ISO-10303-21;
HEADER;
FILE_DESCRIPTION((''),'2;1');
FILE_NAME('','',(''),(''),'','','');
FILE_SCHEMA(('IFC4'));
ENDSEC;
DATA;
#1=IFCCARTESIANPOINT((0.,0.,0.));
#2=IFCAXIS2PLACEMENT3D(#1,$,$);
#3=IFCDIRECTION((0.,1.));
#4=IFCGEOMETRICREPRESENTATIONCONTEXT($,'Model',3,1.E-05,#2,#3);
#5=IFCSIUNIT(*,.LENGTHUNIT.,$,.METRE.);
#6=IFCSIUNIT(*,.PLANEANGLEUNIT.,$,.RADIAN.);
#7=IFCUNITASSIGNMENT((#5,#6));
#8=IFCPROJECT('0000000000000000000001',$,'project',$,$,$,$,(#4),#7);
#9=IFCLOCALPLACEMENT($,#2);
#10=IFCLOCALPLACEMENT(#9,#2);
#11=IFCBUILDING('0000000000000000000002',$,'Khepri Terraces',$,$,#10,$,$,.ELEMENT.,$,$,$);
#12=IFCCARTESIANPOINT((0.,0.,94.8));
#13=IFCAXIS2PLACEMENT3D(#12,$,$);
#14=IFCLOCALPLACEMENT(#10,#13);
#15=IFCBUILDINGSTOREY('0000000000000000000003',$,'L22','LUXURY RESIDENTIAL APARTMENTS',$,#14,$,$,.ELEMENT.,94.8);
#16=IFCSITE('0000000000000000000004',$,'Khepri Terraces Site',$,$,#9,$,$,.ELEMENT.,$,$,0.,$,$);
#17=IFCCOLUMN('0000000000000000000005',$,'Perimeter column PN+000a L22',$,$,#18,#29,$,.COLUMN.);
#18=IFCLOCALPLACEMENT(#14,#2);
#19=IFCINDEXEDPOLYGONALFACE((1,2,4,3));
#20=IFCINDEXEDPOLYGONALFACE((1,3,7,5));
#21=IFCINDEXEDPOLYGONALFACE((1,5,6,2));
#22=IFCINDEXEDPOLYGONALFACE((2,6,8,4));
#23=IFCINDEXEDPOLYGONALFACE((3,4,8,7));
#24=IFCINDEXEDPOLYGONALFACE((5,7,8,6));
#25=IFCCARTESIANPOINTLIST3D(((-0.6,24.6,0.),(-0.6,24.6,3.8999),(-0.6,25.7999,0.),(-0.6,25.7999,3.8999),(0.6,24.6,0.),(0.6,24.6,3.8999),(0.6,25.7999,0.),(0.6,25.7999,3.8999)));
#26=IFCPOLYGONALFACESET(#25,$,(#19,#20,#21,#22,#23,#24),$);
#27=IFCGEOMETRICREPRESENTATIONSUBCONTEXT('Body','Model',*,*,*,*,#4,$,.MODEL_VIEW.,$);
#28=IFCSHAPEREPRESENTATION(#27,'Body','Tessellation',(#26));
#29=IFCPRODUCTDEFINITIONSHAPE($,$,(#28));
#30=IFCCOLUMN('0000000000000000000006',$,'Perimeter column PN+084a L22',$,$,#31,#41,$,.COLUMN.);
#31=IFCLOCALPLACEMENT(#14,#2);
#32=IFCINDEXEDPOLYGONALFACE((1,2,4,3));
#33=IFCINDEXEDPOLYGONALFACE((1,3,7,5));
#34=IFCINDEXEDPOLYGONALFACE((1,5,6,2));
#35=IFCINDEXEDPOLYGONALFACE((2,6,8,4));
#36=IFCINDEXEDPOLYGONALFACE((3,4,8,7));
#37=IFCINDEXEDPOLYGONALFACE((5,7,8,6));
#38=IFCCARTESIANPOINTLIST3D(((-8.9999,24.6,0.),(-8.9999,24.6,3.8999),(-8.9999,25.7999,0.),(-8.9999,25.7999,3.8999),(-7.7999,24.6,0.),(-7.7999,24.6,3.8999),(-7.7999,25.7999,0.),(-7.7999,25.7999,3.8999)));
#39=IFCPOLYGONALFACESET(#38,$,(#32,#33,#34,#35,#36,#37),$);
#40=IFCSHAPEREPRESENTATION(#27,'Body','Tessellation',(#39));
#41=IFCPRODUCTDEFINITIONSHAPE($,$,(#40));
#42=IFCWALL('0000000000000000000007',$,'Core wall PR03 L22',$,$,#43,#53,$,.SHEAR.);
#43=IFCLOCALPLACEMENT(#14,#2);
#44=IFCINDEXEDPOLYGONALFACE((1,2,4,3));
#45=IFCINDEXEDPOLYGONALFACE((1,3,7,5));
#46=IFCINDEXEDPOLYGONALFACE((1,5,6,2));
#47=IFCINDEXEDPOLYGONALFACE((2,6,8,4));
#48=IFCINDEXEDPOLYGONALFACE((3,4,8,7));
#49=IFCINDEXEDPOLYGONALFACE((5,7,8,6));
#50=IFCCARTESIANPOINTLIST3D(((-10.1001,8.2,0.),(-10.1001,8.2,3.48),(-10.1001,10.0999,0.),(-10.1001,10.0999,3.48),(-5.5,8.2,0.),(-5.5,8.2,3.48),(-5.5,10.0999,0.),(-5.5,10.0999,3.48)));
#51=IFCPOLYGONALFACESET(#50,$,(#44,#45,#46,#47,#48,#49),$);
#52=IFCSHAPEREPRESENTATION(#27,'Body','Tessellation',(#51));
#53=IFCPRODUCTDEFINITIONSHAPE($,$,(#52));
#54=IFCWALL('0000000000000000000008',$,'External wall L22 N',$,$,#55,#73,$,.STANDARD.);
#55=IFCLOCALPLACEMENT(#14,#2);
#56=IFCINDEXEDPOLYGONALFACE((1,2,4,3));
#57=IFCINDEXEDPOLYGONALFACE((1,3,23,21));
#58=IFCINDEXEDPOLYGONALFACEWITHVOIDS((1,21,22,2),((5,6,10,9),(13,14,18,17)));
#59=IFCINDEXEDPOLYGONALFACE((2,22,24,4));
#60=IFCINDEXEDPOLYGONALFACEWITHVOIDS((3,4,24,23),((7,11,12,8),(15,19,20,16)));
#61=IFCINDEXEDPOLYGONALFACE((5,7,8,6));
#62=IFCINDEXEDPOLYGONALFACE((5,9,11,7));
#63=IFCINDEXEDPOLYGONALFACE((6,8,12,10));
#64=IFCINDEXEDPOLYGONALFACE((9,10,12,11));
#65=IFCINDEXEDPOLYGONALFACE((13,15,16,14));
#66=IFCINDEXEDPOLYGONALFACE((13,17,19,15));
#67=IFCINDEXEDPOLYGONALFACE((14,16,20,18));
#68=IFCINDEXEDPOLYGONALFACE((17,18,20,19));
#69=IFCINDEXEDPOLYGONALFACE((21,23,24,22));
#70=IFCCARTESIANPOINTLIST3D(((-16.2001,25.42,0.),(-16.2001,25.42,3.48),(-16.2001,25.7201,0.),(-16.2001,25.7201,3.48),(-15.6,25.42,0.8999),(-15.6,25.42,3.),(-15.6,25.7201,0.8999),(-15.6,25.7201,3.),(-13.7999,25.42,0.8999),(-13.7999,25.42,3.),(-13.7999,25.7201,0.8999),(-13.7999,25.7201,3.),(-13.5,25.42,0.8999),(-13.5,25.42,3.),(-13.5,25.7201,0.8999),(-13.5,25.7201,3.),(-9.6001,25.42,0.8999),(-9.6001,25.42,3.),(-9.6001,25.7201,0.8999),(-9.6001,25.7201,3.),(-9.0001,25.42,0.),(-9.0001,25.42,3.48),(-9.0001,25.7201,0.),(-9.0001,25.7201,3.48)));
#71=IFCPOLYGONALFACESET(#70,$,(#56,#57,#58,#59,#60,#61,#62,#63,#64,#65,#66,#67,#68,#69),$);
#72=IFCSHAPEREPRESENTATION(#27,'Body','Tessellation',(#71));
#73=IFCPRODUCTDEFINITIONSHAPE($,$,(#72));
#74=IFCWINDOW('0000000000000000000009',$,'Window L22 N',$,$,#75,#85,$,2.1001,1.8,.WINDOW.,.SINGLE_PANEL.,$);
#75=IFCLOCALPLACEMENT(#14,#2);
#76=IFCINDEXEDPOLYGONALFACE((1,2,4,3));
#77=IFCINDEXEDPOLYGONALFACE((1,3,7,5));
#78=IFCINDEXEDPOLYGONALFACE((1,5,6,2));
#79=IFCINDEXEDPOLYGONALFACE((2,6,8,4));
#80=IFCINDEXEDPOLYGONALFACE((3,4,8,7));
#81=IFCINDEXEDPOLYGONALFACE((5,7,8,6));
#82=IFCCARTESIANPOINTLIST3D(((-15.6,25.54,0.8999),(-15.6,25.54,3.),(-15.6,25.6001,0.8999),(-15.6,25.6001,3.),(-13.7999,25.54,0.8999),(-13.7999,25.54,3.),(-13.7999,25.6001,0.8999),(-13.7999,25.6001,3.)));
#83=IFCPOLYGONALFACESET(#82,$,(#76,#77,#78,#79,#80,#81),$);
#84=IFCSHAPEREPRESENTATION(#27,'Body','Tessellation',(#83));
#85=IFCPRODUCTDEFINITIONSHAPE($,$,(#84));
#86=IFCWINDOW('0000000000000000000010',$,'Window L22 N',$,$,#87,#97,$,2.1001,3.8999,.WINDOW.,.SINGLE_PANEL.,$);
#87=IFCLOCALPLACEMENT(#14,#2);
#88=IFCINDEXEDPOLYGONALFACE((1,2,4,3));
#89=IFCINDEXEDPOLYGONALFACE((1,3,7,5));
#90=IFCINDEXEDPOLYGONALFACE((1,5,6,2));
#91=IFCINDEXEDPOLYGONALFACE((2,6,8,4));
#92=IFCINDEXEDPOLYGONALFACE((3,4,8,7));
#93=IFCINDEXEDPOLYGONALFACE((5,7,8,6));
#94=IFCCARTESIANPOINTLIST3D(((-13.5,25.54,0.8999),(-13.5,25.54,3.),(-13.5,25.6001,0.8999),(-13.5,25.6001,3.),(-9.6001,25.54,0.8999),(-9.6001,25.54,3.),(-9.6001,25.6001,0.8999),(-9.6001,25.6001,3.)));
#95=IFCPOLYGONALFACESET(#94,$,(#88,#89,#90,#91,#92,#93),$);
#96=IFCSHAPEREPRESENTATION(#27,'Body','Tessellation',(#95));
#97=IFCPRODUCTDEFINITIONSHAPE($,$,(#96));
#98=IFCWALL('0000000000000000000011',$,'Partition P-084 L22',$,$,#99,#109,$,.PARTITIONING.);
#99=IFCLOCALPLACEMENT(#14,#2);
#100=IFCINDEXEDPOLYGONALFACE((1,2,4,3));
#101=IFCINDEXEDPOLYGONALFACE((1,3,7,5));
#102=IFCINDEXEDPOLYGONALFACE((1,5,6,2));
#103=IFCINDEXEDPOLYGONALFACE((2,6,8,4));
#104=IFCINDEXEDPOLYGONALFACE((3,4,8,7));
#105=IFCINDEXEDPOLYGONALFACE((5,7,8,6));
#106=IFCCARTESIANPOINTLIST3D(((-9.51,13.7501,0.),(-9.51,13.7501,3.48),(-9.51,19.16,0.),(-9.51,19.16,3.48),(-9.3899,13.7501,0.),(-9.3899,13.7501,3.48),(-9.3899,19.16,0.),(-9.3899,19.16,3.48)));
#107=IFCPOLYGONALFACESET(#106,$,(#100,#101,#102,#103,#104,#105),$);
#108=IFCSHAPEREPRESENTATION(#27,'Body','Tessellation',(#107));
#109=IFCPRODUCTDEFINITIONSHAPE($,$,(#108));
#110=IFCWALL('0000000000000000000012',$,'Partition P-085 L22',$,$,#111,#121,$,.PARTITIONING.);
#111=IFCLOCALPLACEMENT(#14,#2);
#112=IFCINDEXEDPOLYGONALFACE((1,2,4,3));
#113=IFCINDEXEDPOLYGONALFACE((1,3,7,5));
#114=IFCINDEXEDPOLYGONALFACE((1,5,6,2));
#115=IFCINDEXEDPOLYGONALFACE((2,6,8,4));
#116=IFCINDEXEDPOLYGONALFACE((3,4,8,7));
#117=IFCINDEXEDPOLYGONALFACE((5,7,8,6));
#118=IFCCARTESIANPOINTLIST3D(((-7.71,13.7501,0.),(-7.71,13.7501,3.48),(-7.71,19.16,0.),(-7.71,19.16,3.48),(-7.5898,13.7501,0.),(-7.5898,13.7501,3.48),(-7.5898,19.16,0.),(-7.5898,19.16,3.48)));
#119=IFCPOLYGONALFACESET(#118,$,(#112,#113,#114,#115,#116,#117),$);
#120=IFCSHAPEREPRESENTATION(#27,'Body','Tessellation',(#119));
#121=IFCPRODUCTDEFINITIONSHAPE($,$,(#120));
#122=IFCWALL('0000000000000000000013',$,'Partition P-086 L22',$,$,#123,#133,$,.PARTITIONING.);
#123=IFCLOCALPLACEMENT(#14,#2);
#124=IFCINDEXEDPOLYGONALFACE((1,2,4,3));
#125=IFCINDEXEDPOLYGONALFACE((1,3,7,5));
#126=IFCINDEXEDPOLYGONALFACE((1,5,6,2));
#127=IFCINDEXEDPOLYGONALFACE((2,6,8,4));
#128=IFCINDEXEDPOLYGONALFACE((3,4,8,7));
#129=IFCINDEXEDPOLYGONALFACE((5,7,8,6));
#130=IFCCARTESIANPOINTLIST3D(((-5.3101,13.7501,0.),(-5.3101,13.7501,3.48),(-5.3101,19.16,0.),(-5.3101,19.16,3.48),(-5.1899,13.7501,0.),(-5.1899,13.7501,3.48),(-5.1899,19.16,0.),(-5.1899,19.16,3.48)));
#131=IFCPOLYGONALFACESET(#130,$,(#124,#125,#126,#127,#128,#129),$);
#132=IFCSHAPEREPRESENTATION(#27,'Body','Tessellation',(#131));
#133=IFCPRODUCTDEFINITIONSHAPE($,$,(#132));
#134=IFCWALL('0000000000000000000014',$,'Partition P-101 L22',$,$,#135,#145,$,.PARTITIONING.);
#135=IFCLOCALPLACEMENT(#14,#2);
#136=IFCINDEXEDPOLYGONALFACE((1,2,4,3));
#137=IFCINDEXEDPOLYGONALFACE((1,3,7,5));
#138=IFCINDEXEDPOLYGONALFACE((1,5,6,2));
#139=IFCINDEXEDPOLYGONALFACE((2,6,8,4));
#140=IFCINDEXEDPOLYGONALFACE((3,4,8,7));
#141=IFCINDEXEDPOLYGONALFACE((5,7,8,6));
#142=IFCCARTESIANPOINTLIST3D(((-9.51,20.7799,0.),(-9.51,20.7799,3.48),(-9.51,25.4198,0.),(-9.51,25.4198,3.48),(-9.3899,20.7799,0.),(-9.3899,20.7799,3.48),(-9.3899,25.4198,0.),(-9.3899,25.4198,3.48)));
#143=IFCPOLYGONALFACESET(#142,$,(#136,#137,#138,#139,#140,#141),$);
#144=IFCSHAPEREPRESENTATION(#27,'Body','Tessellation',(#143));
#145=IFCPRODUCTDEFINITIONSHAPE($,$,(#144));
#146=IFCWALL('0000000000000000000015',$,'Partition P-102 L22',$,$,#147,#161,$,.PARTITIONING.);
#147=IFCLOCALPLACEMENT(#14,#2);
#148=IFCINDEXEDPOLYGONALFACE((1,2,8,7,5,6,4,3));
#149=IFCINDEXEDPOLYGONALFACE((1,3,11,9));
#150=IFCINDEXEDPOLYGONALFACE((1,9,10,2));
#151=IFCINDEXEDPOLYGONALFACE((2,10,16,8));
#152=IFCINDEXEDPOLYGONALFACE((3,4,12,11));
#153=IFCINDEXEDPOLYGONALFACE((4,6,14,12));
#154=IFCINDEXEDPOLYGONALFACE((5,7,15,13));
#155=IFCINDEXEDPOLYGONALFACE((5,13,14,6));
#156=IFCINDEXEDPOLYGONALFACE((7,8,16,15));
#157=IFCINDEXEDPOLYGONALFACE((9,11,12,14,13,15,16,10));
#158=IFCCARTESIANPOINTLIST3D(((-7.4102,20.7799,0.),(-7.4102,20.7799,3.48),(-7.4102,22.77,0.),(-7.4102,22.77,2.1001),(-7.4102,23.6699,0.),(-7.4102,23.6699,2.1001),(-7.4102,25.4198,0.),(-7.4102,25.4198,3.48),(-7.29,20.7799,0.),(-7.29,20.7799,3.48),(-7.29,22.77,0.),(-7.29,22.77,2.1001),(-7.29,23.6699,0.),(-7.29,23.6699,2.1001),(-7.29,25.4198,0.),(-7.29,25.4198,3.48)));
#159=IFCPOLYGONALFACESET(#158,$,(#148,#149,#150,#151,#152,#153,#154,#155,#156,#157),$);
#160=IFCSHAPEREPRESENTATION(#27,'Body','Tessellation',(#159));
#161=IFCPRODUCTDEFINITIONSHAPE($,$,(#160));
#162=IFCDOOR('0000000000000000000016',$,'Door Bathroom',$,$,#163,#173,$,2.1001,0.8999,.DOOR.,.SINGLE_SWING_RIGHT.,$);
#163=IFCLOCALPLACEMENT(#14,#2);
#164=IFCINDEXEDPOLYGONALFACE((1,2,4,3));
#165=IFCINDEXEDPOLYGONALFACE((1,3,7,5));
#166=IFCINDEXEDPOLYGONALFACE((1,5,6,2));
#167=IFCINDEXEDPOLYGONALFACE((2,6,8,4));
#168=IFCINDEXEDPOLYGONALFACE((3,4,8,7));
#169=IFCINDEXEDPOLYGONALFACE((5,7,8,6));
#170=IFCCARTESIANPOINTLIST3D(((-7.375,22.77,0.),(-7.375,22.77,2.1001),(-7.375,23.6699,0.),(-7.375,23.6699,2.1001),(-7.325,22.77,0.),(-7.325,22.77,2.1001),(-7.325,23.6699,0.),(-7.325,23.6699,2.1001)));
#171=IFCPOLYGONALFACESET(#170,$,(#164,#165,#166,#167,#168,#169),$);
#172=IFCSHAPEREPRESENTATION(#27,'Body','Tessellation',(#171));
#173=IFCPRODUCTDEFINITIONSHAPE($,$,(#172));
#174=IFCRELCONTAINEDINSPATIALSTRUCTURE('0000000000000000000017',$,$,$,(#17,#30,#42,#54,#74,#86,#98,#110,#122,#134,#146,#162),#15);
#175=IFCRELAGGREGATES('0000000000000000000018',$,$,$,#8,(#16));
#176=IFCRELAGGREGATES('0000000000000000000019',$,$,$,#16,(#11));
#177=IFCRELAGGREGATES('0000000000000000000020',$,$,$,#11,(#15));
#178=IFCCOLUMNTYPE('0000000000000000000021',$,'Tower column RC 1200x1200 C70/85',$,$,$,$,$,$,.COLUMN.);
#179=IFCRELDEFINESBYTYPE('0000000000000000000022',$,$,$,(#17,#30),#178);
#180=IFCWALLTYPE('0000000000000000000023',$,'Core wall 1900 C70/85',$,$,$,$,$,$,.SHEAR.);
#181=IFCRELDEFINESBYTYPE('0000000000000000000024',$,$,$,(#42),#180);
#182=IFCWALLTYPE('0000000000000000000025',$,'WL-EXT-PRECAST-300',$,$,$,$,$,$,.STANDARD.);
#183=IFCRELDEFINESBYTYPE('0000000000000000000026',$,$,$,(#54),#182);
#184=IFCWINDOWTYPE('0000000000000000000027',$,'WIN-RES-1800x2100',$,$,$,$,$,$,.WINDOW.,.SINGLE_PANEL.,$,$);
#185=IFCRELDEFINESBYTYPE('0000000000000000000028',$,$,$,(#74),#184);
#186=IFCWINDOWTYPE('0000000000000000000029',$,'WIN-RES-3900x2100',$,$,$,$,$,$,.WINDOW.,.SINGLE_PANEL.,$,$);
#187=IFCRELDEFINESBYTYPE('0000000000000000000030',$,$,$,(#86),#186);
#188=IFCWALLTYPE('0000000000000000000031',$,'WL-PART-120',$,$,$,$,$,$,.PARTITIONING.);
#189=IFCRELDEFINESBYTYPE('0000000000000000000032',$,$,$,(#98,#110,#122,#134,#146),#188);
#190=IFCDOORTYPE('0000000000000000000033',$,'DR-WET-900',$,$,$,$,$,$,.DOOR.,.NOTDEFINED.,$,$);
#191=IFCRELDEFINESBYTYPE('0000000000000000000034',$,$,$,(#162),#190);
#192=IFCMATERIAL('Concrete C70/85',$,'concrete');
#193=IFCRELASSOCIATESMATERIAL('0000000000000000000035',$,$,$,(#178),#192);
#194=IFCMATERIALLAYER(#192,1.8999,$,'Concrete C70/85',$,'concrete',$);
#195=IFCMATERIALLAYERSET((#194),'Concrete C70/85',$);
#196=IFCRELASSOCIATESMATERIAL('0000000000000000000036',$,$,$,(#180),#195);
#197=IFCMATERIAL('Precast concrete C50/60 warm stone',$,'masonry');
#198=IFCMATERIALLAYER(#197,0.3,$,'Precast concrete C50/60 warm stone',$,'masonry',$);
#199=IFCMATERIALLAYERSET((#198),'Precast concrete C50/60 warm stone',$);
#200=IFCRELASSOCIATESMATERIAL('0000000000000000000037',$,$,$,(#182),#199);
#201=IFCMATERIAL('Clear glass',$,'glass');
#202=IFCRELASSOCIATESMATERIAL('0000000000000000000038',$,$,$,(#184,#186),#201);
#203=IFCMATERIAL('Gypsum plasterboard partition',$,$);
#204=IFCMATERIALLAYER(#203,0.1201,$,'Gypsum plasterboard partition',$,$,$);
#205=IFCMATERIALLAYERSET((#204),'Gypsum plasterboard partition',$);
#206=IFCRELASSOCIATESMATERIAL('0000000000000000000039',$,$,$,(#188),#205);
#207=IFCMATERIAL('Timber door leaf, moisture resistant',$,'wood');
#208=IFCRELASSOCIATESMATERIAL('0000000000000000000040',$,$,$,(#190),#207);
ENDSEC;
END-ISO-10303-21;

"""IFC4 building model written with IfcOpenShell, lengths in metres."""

from ifc_helpers import new_model, si_unit, direction, frame, frame_2d, origin, origin_2d, place, context, subcontext, project, spatial, rectangle, extrude, material, layer, layer_set, material_profile, profile_set, type_object, element, fill, save


model = new_model("IFC4")

# Units and contexts
model_context = context("Model", 3, precision=1e-05, world=origin(), true_north=direction((0.0, 1.0)))
body_context = subcontext(model_context, "Body", "Model", "MODEL_VIEW")
ifc_project = project(units=[si_unit("LENGTHUNIT", "METRE"), si_unit("PLANEANGLEUNIT", "RADIAN")], contexts=[model_context])

# Site, building, storey
site_placement = place(None, origin())
site = spatial("IfcSite", under=ifc_project, at=site_placement, Name="Khepri Terraces Site", CompositionType="ELEMENT", RefElevation=0.0)
building_placement = place(site_placement, origin())
building = spatial("IfcBuilding", under=site, at=building_placement, Name="Khepri Terraces", CompositionType="ELEMENT")
storey_placement = place(building_placement, frame((0.0, 0.0, 94.8)))
storey = spatial("IfcBuildingStorey", under=building, at=storey_placement, Name="L22", Description="LUXURY RESIDENTIAL APARTMENTS", CompositionType="ELEMENT", Elevation=94.8)

# Columns
ifc_material_1 = material(Name="Concrete C70/85", Category="concrete")
ifc_material_profile = material_profile(ifc_material_1, rectangle(XDim=1.2, YDim=1.2, at=origin_2d()), Name="Concrete C70/85", Category="concrete")
ifc_profile_set = profile_set([ifc_material_profile], Name="Concrete C70/85")
column_type = type_object("IfcColumnType", Name="Tower column RC 1200x1200 C70/85", PredefinedType="COLUMN", material=ifc_profile_set)
for number, where, z_axis, x_axis, name in (
    (1, (0.0, 25.2, 0.0), (0.0, 0.0, 1.0), (1.0, 0.0, 0.0), "Perimeter column PN+000a L22"),
    (2, (-8.3999, 25.2, 0.0), (0.0, 0.0, 1.0), (1.0, 0.0, 0.0), "Perimeter column PN+084a L22"),
):
    element("IfcColumn", number, at=place(storey_placement, frame(where, z_axis=z_axis, x_axis=x_axis)), inside=storey, type_object=column_type, Name=name, PredefinedType="COLUMN", context=body_context, shape_type="SweptSolid", body=[
        extrude(rectangle(XDim=1.2, YDim=1.2, at=origin_2d()), origin(), (0.0, 0.0, 1.0), 3.8999),
    ])

# Wall
ifc_layer_1 = layer(ifc_material_1, 1.8999, Name="Concrete C70/85", Category="concrete")
ifc_layer_set_1 = layer_set([ifc_layer_1], Name="Concrete C70/85")
wall_type_1 = type_object("IfcWallType", Name="Core wall 1900 C70/85", PredefinedType="SHEAR", material=ifc_layer_set_1)
wall_1_placement = place(storey_placement, frame((-10.1001, 9.1499, 0.0), z_axis=(0.0, 0.0, 1.0), x_axis=(1.0, 0.0, 0.0)))
element("IfcWall", 3, at=wall_1_placement, inside=storey, type_object=wall_type_1, Name="Core wall PR03 L22", PredefinedType="SHEAR", context=body_context, shape_type="SweptSolid", body=[
    extrude(rectangle(XDim=4.6001, YDim=1.8999, at=frame_2d((2.3, 0.0))), origin(), (0.0, 0.0, 1.0), 3.48),
])

# Shared definitions
ifc_material_2 = material(Name="Precast concrete C50/60 warm stone", Category="masonry")
ifc_layer_2 = layer(ifc_material_2, 0.3, Name="Precast concrete C50/60 warm stone", Category="masonry")
ifc_layer_set_2 = layer_set([ifc_layer_2], Name="Precast concrete C50/60 warm stone")
wall_type_2 = type_object("IfcWallType", Name="WL-EXT-PRECAST-300", PredefinedType="STANDARD", material=ifc_layer_set_2)
ifc_material_3 = material(Name="Clear glass", Category="glass")
window_type_1 = type_object("IfcWindowType", Name="WIN-RES-1800x2100", PartitioningType="SINGLE_PANEL", PredefinedType="WINDOW", material=ifc_material_3)

# Wall, openings, windows
wall_2_placement = place(storey_placement, frame((-9.0, 25.5701, 0.0), z_axis=(0.0, 0.0, 1.0), x_axis=(-1.0, 0.0, 0.0)))
wall_2 = element("IfcWall", 4, at=wall_2_placement, inside=storey, type_object=wall_type_2, Name="External wall L22 N", PredefinedType="STANDARD", context=body_context, shape_type="SweptSolid", body=[
    extrude(rectangle(XDim=7.2, YDim=0.3, at=frame_2d((3.6001, 0.0))), origin(), (0.0, 0.0, 1.0), 3.48),
])
opening_1_placement = place(wall_2_placement, frame((0.6001, 0.0, 0.8999)))
opening_1 = element("IfcOpeningElement", 5, at=opening_1_placement, cuts=wall_2, PredefinedType="OPENING", context=body_context, shape_type="SweptSolid", body=[
    extrude(rectangle(XDim=3.8999, YDim=2.1001, at=frame_2d((1.95, 1.05))), frame((0.0, 0.1602, 0.0), z_axis=(0.0, -1.0, 0.0), x_axis=(1.0, 0.0, 0.0)), (0.0, 0.0, 1.0), 0.3201),
])
opening_2_placement = place(wall_2_placement, frame((4.8, 0.0, 0.8999)))
opening_2 = element("IfcOpeningElement", 6, at=opening_2_placement, cuts=wall_2, PredefinedType="OPENING", context=body_context, shape_type="SweptSolid", body=[
    extrude(rectangle(XDim=1.8, YDim=2.1001, at=frame_2d((0.8999, 1.05))), frame((0.0, 0.1602, 0.0), z_axis=(0.0, -1.0, 0.0), x_axis=(1.0, 0.0, 0.0)), (0.0, 0.0, 1.0), 0.3201),
])
window_1_placement = place(opening_2_placement, origin())
window_1 = element("IfcWindow", 7, at=window_1_placement, inside=storey, type_object=window_type_1, Name="Window L22 N", OverallHeight=2.1001, OverallWidth=1.8, PartitioningType="SINGLE_PANEL", PredefinedType="WINDOW", context=body_context, shape_type="SweptSolid", body=[
    extrude(rectangle(XDim=1.8, YDim=2.1001, at=frame_2d((0.8999, 1.05))), frame((0.0, 0.03, 0.0), z_axis=(0.0, -1.0, 0.0), x_axis=(1.0, 0.0, 0.0)), (0.0, 0.0, 1.0), 0.0601),
])
fill(opening_2, window_1)
window_type_2 = type_object("IfcWindowType", Name="WIN-RES-3900x2100", PartitioningType="SINGLE_PANEL", PredefinedType="WINDOW", material=ifc_material_3)
window_2_placement = place(opening_1_placement, origin())
window_2 = element("IfcWindow", 8, at=window_2_placement, inside=storey, type_object=window_type_2, Name="Window L22 N", OverallHeight=2.1001, OverallWidth=3.8999, PartitioningType="SINGLE_PANEL", PredefinedType="WINDOW", context=body_context, shape_type="SweptSolid", body=[
    extrude(rectangle(XDim=3.8999, YDim=2.1001, at=frame_2d((1.95, 1.05))), frame((0.0, 0.03, 0.0), z_axis=(0.0, -1.0, 0.0), x_axis=(1.0, 0.0, 0.0)), (0.0, 0.0, 1.0), 0.0601),
])
fill(opening_1, window_2)

# Walls
ifc_material_4 = material(Name="Gypsum plasterboard partition")
ifc_layer_3 = layer(ifc_material_4, 0.1201, Name="Gypsum plasterboard partition")
ifc_layer_set_3 = layer_set([ifc_layer_3], Name="Gypsum plasterboard partition")
wall_type_3 = type_object("IfcWallType", Name="WL-PART-120", PredefinedType="PARTITIONING", material=ifc_layer_set_3)
for number, where, z_axis, x_axis, name in (
    (9, (-9.45, 13.75, 0.0), (0.0, 0.0, 1.0), (0.0, 1.0, 0.0), "Partition P-084 L22"),
    (10, (-7.6499, 13.75, 0.0), (0.0, 0.0, 1.0), (0.0, 1.0, 0.0), "Partition P-085 L22"),
    (11, (-5.25, 13.75, 0.0), (0.0, 0.0, 1.0), (0.0, 1.0, 0.0), "Partition P-086 L22"),
):
    element("IfcWall", number, at=place(storey_placement, frame(where, z_axis=z_axis, x_axis=x_axis)), inside=storey, type_object=wall_type_3, Name=name, PredefinedType="PARTITIONING", context=body_context, shape_type="SweptSolid", body=[
        extrude(rectangle(XDim=5.4099, YDim=0.1201, at=frame_2d((2.7051, 0.0))), origin(), (0.0, 0.0, 1.0), 3.48),
    ])
wall_3_placement = place(storey_placement, frame((-9.45, 20.78, 0.0), z_axis=(0.0, 0.0, 1.0), x_axis=(0.0, 1.0, 0.0)))
element("IfcWall", 12, at=wall_3_placement, inside=storey, type_object=wall_type_3, Name="Partition P-101 L22", PredefinedType="PARTITIONING", context=body_context, shape_type="SweptSolid", body=[
    extrude(rectangle(XDim=4.6399, YDim=0.1201, at=frame_2d((2.3198, 0.0))), origin(), (0.0, 0.0, 1.0), 3.48),
])

# Wall, opening, door
wall_4_placement = place(storey_placement, frame((-7.3501, 20.78, 0.0), z_axis=(0.0, 0.0, 1.0), x_axis=(0.0, 1.0, 0.0)))
wall_4 = element("IfcWall", 13, at=wall_4_placement, inside=storey, type_object=wall_type_3, Name="Partition P-102 L22", PredefinedType="PARTITIONING", context=body_context, shape_type="SweptSolid", body=[
    extrude(rectangle(XDim=4.6399, YDim=0.1201, at=frame_2d((2.3198, 0.0))), origin(), (0.0, 0.0, 1.0), 3.48),
])
opening_3_placement = place(wall_4_placement, frame((1.99, 0.0, 0.0)))
opening_3 = element("IfcOpeningElement", 14, at=opening_3_placement, cuts=wall_4, PredefinedType="OPENING", context=body_context, shape_type="SweptSolid", body=[
    extrude(rectangle(XDim=0.8999, YDim=2.1001, at=frame_2d((0.45, 1.05))), frame((0.0, 0.0701, 0.0), z_axis=(0.0, -1.0, 0.0), x_axis=(1.0, 0.0, 0.0)), (0.0, 0.0, 1.0), 0.1401),
])
ifc_material_5 = material(Name="Timber door leaf, moisture resistant", Category="wood")
door_type_1 = type_object("IfcDoorType", Name="DR-WET-900", OperationType="NOTDEFINED", PredefinedType="DOOR", material=ifc_material_5)
door_1_placement = place(opening_3_placement, origin())
door_1 = element("IfcDoor", 15, at=door_1_placement, inside=storey, type_object=door_type_1, Name="Door Bathroom", OperationType="SINGLE_SWING_RIGHT", OverallHeight=2.1001, OverallWidth=0.8999, PredefinedType="DOOR", context=body_context, shape_type="SweptSolid", body=[
    extrude(rectangle(XDim=0.8999, YDim=2.1001, at=frame_2d((0.45, 1.05))), frame((0.0, 0.0249, 0.0), z_axis=(0.0, -1.0, 0.0), x_axis=(1.0, 0.0, 0.0)), (0.0, 0.0, 1.0), 0.05),
])
fill(opening_3, door_1)

save(model, "model.ifc")
